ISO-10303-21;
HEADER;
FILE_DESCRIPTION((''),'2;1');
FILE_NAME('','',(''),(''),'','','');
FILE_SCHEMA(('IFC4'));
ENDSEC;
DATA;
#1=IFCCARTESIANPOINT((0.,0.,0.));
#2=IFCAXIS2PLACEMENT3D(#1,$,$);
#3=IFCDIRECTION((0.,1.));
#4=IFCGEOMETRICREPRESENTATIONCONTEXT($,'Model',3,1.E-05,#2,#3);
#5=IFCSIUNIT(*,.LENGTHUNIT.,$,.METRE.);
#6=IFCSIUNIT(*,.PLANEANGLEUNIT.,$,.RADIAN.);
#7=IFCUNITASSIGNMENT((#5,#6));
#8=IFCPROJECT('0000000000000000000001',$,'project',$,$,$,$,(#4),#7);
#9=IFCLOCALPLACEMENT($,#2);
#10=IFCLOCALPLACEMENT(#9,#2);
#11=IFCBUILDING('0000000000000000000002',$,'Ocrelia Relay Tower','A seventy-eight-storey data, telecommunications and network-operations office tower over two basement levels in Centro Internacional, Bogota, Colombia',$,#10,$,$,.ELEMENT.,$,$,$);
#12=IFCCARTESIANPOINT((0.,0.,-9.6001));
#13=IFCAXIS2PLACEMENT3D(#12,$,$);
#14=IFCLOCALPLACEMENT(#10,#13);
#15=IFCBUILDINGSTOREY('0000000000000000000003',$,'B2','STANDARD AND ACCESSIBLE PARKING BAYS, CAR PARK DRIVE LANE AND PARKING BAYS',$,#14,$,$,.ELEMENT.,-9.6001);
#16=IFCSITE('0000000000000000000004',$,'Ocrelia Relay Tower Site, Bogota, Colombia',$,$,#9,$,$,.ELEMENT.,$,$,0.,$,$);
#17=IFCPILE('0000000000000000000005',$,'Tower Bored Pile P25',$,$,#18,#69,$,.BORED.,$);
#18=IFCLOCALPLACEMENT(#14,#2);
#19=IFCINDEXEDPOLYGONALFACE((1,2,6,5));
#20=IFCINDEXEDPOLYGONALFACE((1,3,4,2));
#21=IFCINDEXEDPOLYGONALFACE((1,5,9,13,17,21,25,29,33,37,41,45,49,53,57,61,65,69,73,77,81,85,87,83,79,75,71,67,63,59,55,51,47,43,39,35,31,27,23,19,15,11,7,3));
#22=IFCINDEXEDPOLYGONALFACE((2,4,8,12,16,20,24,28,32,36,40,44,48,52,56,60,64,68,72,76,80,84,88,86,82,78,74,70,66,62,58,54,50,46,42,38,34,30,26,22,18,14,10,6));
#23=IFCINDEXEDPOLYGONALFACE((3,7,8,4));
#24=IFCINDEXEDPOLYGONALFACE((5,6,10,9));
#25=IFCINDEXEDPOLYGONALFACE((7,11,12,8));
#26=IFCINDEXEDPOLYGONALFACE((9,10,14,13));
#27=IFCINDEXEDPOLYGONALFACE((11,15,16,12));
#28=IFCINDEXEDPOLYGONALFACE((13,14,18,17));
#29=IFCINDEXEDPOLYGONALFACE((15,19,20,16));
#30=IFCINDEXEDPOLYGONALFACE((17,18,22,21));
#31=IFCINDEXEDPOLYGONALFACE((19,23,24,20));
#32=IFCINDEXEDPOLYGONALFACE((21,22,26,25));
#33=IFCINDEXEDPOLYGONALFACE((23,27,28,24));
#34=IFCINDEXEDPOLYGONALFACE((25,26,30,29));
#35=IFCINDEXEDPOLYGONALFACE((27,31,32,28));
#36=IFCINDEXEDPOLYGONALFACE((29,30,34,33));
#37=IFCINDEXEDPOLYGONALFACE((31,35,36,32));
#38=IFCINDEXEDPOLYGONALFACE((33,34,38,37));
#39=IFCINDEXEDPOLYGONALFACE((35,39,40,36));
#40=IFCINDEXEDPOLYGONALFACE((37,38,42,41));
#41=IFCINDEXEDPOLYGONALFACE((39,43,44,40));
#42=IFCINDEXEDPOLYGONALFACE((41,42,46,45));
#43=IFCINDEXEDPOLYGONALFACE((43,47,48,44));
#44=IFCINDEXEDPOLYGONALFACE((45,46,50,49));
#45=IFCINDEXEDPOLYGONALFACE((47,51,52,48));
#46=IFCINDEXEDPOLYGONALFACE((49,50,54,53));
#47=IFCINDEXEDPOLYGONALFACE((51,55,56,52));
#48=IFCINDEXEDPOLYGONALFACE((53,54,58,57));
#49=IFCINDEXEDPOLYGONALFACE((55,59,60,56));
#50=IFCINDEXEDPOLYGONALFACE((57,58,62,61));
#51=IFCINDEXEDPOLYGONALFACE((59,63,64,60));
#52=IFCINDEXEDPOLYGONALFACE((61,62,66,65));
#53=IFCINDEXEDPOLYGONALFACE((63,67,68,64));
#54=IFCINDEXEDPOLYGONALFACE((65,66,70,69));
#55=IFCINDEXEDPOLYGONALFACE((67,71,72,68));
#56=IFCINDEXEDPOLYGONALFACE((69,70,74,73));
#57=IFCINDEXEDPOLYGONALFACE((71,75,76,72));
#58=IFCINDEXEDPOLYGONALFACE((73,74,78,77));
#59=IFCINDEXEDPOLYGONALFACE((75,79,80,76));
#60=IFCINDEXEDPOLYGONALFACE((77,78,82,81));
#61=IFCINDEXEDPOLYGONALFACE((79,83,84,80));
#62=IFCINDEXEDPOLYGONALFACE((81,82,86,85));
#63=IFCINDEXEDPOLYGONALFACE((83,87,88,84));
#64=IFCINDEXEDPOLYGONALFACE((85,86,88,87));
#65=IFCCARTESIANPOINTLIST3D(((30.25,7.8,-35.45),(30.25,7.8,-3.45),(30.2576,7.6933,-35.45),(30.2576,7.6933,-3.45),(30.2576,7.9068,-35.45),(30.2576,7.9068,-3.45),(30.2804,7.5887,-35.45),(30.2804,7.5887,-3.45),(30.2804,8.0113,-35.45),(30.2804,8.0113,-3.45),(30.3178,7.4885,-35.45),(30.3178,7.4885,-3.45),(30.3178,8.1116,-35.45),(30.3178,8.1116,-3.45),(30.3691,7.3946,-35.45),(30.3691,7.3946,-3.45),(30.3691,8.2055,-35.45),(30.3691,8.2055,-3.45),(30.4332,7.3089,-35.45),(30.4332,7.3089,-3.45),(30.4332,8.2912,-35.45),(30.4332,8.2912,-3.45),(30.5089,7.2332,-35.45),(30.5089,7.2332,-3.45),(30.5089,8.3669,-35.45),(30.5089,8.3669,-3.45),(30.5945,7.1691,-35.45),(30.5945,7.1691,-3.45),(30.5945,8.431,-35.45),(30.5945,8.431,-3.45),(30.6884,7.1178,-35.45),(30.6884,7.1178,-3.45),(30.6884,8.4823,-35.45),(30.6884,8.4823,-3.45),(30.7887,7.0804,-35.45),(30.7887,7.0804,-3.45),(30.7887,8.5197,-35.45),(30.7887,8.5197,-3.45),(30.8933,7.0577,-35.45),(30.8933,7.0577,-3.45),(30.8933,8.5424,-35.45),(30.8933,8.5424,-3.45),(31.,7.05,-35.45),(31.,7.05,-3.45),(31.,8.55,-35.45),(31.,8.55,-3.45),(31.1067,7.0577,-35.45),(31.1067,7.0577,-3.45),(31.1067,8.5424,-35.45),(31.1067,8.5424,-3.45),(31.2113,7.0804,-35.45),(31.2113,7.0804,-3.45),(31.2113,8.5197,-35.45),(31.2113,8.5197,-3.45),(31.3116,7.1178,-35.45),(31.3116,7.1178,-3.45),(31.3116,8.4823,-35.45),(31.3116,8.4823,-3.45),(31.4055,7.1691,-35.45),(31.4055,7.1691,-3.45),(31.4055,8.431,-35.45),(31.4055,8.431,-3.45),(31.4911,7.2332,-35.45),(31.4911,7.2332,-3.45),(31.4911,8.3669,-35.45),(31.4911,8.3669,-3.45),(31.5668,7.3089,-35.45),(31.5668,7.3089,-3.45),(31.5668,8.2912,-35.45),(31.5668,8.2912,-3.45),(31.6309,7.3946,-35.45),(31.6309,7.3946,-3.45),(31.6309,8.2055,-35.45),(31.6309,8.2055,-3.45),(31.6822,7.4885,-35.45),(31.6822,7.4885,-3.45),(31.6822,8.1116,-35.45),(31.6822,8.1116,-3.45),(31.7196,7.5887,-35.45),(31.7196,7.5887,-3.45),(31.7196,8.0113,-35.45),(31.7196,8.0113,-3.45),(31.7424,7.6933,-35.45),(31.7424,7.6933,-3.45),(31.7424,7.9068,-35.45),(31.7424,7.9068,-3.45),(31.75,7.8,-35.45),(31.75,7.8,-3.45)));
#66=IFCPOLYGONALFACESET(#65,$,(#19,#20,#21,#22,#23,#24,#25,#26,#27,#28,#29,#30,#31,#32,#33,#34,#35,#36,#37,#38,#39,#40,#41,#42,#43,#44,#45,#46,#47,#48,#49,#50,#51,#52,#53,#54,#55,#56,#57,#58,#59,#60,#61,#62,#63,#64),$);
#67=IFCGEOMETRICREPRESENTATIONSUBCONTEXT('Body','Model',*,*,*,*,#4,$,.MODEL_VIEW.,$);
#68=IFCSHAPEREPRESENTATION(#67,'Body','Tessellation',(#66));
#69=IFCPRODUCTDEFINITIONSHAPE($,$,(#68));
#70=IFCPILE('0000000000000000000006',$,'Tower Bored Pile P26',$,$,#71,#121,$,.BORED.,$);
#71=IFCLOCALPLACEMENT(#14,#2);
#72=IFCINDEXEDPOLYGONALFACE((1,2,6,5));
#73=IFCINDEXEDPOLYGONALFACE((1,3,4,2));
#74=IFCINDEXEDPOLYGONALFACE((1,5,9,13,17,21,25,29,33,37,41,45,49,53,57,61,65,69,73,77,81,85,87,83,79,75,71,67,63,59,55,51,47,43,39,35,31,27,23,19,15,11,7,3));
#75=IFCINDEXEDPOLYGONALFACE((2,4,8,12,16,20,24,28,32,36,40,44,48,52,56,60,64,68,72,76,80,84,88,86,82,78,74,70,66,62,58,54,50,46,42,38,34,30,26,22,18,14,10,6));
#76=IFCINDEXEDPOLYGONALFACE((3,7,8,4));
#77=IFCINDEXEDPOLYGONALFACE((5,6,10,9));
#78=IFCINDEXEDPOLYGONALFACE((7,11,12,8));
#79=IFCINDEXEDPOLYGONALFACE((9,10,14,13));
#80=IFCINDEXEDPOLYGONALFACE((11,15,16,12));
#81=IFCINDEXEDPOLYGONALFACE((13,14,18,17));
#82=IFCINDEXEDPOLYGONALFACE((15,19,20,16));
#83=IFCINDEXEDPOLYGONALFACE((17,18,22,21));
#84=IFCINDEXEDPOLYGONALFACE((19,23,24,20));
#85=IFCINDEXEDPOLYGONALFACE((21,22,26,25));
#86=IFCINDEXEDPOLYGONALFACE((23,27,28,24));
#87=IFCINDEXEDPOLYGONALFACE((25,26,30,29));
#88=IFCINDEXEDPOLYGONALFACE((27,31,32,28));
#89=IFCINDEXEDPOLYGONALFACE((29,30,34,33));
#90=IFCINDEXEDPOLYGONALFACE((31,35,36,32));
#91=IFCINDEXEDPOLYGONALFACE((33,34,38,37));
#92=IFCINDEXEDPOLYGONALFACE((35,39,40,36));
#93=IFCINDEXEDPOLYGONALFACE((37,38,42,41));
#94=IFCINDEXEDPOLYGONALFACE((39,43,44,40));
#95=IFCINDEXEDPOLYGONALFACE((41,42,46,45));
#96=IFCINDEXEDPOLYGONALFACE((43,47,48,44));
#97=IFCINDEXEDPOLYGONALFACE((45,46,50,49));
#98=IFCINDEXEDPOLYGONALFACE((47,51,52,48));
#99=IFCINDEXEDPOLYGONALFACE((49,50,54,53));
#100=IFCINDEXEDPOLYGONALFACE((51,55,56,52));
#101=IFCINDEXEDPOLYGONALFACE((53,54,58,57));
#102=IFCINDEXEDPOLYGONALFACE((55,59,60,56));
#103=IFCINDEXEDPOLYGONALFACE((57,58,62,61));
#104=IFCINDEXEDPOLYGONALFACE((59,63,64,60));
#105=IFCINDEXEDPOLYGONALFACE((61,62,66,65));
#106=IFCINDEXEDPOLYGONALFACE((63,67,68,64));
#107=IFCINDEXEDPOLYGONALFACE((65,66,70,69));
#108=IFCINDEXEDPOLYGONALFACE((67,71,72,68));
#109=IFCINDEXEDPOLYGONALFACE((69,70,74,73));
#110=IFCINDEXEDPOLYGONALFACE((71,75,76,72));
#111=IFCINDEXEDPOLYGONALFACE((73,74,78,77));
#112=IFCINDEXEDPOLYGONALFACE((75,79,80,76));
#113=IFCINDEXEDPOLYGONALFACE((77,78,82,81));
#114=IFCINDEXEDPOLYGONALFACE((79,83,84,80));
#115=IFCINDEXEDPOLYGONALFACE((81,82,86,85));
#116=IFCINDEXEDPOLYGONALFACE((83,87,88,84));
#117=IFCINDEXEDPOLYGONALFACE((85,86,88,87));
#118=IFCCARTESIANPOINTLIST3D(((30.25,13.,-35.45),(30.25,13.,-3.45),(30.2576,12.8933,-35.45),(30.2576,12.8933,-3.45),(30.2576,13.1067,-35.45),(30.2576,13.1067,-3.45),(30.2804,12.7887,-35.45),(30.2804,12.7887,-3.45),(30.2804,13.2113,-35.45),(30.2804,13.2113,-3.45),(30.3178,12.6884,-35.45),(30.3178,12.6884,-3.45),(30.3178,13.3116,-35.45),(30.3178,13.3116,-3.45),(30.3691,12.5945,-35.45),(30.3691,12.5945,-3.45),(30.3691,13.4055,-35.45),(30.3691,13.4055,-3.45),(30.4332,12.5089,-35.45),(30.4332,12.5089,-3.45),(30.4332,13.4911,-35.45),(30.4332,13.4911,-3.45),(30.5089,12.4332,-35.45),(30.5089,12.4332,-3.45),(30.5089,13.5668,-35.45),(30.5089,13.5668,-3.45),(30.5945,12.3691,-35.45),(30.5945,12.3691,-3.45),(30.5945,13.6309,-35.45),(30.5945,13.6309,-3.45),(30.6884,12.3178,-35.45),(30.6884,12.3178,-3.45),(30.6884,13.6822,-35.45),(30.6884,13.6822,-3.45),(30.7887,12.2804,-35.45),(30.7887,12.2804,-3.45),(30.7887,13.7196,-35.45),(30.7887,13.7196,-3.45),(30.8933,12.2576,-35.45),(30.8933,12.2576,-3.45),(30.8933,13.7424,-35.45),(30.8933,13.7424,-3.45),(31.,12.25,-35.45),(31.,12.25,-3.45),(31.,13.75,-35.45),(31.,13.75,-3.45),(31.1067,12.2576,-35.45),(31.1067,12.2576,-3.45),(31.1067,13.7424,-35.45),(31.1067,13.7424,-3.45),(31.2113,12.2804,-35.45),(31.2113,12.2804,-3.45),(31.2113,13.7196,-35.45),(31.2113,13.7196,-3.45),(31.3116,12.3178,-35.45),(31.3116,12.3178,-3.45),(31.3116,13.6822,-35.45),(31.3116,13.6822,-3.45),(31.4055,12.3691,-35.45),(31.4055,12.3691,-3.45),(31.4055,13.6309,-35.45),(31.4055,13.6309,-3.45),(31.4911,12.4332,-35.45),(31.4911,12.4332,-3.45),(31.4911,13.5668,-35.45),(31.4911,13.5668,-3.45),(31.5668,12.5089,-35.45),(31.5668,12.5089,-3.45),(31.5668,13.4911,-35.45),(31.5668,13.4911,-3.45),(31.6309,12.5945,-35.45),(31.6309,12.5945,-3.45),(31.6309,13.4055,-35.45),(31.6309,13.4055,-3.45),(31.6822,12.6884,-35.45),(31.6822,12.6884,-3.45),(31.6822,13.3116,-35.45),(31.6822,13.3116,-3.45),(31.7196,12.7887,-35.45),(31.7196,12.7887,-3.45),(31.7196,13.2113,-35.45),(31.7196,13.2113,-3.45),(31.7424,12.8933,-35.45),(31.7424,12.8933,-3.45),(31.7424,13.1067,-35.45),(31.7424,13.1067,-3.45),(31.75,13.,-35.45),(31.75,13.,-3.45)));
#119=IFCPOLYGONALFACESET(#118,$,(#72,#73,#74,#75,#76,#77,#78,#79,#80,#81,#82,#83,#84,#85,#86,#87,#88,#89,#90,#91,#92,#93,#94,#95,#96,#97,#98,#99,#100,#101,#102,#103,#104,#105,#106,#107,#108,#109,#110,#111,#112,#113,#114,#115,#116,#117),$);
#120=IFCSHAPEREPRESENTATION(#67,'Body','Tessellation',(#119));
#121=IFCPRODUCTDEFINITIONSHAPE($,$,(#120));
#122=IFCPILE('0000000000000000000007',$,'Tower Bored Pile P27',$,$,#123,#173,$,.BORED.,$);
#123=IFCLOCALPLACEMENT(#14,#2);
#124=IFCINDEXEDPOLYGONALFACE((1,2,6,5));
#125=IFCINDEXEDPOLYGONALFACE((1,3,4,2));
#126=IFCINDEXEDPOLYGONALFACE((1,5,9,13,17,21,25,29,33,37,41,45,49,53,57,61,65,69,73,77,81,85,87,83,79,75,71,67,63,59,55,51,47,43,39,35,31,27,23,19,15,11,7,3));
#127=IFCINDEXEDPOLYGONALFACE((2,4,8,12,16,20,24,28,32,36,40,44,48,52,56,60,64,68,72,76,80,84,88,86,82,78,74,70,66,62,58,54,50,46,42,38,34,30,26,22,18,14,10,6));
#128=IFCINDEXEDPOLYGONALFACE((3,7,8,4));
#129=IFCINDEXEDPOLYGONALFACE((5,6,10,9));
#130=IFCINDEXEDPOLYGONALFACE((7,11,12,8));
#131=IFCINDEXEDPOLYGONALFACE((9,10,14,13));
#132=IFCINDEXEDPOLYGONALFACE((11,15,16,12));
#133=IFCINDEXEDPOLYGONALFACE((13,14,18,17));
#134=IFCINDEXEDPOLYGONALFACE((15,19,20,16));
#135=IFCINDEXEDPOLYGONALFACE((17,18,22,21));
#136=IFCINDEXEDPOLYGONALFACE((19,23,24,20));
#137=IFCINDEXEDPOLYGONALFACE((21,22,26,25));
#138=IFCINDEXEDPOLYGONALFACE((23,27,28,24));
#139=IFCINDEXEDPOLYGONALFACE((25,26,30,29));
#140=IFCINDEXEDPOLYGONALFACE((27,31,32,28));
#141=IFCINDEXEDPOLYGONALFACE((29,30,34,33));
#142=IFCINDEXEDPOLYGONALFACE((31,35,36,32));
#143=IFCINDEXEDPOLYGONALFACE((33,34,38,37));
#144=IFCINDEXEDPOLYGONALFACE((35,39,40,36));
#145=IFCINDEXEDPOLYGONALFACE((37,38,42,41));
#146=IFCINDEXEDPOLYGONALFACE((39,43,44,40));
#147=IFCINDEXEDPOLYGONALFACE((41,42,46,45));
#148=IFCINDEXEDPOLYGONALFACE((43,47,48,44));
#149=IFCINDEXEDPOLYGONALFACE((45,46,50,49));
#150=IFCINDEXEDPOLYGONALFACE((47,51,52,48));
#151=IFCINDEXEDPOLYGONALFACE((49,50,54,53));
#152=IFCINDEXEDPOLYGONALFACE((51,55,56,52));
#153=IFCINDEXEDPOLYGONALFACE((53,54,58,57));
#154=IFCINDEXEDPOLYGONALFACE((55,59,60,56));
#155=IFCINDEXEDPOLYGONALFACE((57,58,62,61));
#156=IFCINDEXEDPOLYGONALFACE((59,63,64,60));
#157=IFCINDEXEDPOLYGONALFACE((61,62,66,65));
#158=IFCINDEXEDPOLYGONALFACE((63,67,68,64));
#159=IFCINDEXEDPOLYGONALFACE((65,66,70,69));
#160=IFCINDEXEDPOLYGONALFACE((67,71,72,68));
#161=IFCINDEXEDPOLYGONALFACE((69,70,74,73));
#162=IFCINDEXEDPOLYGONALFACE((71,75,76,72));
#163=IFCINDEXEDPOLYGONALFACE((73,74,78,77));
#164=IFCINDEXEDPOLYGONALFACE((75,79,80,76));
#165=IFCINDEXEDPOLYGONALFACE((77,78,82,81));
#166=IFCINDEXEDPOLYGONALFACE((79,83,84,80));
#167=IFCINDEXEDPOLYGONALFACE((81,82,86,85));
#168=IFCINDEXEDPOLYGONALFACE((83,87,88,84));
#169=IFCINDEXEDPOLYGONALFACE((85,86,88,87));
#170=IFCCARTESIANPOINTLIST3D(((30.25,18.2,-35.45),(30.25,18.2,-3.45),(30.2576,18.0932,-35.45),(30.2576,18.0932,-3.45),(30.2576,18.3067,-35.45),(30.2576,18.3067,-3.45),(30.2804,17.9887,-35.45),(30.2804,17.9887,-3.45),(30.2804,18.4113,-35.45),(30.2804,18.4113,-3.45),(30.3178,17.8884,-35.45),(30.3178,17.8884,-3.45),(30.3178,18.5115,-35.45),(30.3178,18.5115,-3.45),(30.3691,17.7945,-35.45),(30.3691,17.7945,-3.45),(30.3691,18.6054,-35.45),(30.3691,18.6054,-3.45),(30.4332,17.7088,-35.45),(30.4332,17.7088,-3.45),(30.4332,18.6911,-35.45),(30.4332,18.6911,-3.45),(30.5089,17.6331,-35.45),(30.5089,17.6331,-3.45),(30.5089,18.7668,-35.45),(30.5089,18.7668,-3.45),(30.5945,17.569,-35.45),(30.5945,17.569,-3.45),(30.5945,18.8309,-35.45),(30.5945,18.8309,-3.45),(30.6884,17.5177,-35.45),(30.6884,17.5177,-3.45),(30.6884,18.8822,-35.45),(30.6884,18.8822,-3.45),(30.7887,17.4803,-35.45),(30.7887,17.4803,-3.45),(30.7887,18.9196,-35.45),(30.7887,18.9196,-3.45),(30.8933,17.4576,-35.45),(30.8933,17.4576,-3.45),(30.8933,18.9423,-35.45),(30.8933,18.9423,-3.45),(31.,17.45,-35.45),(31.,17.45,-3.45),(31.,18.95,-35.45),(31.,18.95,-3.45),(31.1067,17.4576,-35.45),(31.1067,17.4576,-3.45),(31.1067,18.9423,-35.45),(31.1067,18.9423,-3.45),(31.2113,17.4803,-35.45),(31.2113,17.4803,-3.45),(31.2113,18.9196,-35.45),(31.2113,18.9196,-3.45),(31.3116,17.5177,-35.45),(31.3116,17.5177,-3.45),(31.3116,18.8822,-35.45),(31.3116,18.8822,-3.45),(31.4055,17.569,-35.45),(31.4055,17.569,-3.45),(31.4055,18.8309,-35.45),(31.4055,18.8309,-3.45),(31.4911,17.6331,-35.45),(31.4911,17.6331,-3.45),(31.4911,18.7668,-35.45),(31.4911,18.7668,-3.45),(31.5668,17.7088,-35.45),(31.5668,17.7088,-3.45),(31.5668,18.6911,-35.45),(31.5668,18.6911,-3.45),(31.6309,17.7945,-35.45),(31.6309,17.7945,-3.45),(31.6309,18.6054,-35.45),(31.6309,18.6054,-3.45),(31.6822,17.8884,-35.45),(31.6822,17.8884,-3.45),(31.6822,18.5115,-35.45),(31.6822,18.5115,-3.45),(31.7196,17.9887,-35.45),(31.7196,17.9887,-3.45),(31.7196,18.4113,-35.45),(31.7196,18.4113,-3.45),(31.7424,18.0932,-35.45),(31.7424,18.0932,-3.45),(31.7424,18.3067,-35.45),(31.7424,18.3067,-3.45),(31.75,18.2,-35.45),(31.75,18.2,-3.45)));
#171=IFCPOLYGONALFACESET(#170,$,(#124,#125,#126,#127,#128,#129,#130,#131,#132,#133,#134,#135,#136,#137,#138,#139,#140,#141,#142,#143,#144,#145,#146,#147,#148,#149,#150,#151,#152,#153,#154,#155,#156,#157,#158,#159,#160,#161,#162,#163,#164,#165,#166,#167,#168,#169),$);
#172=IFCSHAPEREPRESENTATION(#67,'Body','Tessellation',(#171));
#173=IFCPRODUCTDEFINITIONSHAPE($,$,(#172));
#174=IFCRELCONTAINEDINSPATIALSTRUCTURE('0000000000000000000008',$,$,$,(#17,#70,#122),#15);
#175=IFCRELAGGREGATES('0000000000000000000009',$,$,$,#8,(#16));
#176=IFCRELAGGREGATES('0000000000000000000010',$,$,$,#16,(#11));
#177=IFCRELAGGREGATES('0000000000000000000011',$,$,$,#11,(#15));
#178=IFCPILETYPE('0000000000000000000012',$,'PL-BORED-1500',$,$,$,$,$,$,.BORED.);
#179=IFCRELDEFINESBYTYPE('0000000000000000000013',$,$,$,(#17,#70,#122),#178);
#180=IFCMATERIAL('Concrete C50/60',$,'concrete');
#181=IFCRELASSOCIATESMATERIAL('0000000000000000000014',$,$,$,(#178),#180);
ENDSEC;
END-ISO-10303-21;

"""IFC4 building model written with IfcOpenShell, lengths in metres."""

from ifc_helpers import new_model, si_unit, direction, frame, origin, origin_2d, place, context, subcontext, project, spatial, circle, extrude, material, material_profile, profile_set, type_object, element, save


model = new_model("IFC4")

# Units and contexts
model_context = context("Model", 3, precision=1e-05, world=origin(), true_north=direction((0.0, 1.0)))
body_context = subcontext(model_context, "Body", "Model", "MODEL_VIEW")
ifc_project = project(units=[si_unit("LENGTHUNIT", "METRE"), si_unit("PLANEANGLEUNIT", "RADIAN")], contexts=[model_context])

# Site, building, storey
site_placement = place(None, origin())
site = spatial("IfcSite", under=ifc_project, at=site_placement, Name="Ocrelia Relay Tower Site, Bogota, Colombia", CompositionType="ELEMENT", RefElevation=0.0)
building_placement = place(site_placement, origin())
building = spatial("IfcBuilding", under=site, at=building_placement, Name="Ocrelia Relay Tower", Description="A seventy-eight-storey data, telecommunications and network-operations office tower over two basement levels in Centro Internacional, Bogota, Colombia", CompositionType="ELEMENT")
storey_placement = place(building_placement, frame((0.0, 0.0, -9.6001)))
storey = spatial("IfcBuildingStorey", under=building, at=storey_placement, Name="B2", Description="STANDARD AND ACCESSIBLE PARKING BAYS, CAR PARK DRIVE LANE AND PARKING BAYS", CompositionType="ELEMENT", Elevation=-9.6001)

# Piles
ifc_material_1 = material(Name="Concrete C50/60", Category="concrete")
ifc_material_profile_1 = material_profile(ifc_material_1, circle(Radius=0.75, at=origin_2d()), Name="PILE-1500")
ifc_profile_set_1 = profile_set([ifc_material_profile_1], Name="Concrete C50/60")
pile_type = type_object("IfcPileType", Name="PL-BORED-1500", PredefinedType="BORED", material=ifc_profile_set_1)
for number, where, z_axis, x_axis, name in (
    (1, (31.0, 7.8, -3.45), (0.0, 0.0, -1.0), (1.0, 0.0, 0.0), "Tower Bored Pile P25"),
    (2, (31.0, 13.0, -3.45), (0.0, 0.0, -1.0), (1.0, 0.0, 0.0), "Tower Bored Pile P26"),
    (3, (31.0, 18.2, -3.45), (0.0, 0.0, -1.0), (1.0, 0.0, 0.0), "Tower Bored Pile P27"),
):
    element("IfcPile", number, at=place(storey_placement, frame(where, z_axis=z_axis, x_axis=x_axis)), inside=storey, type_object=pile_type, Name=name, PredefinedType="BORED", context=body_context, shape_type="SweptSolid", body=[
        extrude(circle(Radius=0.75, at=origin_2d()), origin(), (0.0, 0.0, 1.0), 32.0),
    ])

save(model, "model.ifc")
